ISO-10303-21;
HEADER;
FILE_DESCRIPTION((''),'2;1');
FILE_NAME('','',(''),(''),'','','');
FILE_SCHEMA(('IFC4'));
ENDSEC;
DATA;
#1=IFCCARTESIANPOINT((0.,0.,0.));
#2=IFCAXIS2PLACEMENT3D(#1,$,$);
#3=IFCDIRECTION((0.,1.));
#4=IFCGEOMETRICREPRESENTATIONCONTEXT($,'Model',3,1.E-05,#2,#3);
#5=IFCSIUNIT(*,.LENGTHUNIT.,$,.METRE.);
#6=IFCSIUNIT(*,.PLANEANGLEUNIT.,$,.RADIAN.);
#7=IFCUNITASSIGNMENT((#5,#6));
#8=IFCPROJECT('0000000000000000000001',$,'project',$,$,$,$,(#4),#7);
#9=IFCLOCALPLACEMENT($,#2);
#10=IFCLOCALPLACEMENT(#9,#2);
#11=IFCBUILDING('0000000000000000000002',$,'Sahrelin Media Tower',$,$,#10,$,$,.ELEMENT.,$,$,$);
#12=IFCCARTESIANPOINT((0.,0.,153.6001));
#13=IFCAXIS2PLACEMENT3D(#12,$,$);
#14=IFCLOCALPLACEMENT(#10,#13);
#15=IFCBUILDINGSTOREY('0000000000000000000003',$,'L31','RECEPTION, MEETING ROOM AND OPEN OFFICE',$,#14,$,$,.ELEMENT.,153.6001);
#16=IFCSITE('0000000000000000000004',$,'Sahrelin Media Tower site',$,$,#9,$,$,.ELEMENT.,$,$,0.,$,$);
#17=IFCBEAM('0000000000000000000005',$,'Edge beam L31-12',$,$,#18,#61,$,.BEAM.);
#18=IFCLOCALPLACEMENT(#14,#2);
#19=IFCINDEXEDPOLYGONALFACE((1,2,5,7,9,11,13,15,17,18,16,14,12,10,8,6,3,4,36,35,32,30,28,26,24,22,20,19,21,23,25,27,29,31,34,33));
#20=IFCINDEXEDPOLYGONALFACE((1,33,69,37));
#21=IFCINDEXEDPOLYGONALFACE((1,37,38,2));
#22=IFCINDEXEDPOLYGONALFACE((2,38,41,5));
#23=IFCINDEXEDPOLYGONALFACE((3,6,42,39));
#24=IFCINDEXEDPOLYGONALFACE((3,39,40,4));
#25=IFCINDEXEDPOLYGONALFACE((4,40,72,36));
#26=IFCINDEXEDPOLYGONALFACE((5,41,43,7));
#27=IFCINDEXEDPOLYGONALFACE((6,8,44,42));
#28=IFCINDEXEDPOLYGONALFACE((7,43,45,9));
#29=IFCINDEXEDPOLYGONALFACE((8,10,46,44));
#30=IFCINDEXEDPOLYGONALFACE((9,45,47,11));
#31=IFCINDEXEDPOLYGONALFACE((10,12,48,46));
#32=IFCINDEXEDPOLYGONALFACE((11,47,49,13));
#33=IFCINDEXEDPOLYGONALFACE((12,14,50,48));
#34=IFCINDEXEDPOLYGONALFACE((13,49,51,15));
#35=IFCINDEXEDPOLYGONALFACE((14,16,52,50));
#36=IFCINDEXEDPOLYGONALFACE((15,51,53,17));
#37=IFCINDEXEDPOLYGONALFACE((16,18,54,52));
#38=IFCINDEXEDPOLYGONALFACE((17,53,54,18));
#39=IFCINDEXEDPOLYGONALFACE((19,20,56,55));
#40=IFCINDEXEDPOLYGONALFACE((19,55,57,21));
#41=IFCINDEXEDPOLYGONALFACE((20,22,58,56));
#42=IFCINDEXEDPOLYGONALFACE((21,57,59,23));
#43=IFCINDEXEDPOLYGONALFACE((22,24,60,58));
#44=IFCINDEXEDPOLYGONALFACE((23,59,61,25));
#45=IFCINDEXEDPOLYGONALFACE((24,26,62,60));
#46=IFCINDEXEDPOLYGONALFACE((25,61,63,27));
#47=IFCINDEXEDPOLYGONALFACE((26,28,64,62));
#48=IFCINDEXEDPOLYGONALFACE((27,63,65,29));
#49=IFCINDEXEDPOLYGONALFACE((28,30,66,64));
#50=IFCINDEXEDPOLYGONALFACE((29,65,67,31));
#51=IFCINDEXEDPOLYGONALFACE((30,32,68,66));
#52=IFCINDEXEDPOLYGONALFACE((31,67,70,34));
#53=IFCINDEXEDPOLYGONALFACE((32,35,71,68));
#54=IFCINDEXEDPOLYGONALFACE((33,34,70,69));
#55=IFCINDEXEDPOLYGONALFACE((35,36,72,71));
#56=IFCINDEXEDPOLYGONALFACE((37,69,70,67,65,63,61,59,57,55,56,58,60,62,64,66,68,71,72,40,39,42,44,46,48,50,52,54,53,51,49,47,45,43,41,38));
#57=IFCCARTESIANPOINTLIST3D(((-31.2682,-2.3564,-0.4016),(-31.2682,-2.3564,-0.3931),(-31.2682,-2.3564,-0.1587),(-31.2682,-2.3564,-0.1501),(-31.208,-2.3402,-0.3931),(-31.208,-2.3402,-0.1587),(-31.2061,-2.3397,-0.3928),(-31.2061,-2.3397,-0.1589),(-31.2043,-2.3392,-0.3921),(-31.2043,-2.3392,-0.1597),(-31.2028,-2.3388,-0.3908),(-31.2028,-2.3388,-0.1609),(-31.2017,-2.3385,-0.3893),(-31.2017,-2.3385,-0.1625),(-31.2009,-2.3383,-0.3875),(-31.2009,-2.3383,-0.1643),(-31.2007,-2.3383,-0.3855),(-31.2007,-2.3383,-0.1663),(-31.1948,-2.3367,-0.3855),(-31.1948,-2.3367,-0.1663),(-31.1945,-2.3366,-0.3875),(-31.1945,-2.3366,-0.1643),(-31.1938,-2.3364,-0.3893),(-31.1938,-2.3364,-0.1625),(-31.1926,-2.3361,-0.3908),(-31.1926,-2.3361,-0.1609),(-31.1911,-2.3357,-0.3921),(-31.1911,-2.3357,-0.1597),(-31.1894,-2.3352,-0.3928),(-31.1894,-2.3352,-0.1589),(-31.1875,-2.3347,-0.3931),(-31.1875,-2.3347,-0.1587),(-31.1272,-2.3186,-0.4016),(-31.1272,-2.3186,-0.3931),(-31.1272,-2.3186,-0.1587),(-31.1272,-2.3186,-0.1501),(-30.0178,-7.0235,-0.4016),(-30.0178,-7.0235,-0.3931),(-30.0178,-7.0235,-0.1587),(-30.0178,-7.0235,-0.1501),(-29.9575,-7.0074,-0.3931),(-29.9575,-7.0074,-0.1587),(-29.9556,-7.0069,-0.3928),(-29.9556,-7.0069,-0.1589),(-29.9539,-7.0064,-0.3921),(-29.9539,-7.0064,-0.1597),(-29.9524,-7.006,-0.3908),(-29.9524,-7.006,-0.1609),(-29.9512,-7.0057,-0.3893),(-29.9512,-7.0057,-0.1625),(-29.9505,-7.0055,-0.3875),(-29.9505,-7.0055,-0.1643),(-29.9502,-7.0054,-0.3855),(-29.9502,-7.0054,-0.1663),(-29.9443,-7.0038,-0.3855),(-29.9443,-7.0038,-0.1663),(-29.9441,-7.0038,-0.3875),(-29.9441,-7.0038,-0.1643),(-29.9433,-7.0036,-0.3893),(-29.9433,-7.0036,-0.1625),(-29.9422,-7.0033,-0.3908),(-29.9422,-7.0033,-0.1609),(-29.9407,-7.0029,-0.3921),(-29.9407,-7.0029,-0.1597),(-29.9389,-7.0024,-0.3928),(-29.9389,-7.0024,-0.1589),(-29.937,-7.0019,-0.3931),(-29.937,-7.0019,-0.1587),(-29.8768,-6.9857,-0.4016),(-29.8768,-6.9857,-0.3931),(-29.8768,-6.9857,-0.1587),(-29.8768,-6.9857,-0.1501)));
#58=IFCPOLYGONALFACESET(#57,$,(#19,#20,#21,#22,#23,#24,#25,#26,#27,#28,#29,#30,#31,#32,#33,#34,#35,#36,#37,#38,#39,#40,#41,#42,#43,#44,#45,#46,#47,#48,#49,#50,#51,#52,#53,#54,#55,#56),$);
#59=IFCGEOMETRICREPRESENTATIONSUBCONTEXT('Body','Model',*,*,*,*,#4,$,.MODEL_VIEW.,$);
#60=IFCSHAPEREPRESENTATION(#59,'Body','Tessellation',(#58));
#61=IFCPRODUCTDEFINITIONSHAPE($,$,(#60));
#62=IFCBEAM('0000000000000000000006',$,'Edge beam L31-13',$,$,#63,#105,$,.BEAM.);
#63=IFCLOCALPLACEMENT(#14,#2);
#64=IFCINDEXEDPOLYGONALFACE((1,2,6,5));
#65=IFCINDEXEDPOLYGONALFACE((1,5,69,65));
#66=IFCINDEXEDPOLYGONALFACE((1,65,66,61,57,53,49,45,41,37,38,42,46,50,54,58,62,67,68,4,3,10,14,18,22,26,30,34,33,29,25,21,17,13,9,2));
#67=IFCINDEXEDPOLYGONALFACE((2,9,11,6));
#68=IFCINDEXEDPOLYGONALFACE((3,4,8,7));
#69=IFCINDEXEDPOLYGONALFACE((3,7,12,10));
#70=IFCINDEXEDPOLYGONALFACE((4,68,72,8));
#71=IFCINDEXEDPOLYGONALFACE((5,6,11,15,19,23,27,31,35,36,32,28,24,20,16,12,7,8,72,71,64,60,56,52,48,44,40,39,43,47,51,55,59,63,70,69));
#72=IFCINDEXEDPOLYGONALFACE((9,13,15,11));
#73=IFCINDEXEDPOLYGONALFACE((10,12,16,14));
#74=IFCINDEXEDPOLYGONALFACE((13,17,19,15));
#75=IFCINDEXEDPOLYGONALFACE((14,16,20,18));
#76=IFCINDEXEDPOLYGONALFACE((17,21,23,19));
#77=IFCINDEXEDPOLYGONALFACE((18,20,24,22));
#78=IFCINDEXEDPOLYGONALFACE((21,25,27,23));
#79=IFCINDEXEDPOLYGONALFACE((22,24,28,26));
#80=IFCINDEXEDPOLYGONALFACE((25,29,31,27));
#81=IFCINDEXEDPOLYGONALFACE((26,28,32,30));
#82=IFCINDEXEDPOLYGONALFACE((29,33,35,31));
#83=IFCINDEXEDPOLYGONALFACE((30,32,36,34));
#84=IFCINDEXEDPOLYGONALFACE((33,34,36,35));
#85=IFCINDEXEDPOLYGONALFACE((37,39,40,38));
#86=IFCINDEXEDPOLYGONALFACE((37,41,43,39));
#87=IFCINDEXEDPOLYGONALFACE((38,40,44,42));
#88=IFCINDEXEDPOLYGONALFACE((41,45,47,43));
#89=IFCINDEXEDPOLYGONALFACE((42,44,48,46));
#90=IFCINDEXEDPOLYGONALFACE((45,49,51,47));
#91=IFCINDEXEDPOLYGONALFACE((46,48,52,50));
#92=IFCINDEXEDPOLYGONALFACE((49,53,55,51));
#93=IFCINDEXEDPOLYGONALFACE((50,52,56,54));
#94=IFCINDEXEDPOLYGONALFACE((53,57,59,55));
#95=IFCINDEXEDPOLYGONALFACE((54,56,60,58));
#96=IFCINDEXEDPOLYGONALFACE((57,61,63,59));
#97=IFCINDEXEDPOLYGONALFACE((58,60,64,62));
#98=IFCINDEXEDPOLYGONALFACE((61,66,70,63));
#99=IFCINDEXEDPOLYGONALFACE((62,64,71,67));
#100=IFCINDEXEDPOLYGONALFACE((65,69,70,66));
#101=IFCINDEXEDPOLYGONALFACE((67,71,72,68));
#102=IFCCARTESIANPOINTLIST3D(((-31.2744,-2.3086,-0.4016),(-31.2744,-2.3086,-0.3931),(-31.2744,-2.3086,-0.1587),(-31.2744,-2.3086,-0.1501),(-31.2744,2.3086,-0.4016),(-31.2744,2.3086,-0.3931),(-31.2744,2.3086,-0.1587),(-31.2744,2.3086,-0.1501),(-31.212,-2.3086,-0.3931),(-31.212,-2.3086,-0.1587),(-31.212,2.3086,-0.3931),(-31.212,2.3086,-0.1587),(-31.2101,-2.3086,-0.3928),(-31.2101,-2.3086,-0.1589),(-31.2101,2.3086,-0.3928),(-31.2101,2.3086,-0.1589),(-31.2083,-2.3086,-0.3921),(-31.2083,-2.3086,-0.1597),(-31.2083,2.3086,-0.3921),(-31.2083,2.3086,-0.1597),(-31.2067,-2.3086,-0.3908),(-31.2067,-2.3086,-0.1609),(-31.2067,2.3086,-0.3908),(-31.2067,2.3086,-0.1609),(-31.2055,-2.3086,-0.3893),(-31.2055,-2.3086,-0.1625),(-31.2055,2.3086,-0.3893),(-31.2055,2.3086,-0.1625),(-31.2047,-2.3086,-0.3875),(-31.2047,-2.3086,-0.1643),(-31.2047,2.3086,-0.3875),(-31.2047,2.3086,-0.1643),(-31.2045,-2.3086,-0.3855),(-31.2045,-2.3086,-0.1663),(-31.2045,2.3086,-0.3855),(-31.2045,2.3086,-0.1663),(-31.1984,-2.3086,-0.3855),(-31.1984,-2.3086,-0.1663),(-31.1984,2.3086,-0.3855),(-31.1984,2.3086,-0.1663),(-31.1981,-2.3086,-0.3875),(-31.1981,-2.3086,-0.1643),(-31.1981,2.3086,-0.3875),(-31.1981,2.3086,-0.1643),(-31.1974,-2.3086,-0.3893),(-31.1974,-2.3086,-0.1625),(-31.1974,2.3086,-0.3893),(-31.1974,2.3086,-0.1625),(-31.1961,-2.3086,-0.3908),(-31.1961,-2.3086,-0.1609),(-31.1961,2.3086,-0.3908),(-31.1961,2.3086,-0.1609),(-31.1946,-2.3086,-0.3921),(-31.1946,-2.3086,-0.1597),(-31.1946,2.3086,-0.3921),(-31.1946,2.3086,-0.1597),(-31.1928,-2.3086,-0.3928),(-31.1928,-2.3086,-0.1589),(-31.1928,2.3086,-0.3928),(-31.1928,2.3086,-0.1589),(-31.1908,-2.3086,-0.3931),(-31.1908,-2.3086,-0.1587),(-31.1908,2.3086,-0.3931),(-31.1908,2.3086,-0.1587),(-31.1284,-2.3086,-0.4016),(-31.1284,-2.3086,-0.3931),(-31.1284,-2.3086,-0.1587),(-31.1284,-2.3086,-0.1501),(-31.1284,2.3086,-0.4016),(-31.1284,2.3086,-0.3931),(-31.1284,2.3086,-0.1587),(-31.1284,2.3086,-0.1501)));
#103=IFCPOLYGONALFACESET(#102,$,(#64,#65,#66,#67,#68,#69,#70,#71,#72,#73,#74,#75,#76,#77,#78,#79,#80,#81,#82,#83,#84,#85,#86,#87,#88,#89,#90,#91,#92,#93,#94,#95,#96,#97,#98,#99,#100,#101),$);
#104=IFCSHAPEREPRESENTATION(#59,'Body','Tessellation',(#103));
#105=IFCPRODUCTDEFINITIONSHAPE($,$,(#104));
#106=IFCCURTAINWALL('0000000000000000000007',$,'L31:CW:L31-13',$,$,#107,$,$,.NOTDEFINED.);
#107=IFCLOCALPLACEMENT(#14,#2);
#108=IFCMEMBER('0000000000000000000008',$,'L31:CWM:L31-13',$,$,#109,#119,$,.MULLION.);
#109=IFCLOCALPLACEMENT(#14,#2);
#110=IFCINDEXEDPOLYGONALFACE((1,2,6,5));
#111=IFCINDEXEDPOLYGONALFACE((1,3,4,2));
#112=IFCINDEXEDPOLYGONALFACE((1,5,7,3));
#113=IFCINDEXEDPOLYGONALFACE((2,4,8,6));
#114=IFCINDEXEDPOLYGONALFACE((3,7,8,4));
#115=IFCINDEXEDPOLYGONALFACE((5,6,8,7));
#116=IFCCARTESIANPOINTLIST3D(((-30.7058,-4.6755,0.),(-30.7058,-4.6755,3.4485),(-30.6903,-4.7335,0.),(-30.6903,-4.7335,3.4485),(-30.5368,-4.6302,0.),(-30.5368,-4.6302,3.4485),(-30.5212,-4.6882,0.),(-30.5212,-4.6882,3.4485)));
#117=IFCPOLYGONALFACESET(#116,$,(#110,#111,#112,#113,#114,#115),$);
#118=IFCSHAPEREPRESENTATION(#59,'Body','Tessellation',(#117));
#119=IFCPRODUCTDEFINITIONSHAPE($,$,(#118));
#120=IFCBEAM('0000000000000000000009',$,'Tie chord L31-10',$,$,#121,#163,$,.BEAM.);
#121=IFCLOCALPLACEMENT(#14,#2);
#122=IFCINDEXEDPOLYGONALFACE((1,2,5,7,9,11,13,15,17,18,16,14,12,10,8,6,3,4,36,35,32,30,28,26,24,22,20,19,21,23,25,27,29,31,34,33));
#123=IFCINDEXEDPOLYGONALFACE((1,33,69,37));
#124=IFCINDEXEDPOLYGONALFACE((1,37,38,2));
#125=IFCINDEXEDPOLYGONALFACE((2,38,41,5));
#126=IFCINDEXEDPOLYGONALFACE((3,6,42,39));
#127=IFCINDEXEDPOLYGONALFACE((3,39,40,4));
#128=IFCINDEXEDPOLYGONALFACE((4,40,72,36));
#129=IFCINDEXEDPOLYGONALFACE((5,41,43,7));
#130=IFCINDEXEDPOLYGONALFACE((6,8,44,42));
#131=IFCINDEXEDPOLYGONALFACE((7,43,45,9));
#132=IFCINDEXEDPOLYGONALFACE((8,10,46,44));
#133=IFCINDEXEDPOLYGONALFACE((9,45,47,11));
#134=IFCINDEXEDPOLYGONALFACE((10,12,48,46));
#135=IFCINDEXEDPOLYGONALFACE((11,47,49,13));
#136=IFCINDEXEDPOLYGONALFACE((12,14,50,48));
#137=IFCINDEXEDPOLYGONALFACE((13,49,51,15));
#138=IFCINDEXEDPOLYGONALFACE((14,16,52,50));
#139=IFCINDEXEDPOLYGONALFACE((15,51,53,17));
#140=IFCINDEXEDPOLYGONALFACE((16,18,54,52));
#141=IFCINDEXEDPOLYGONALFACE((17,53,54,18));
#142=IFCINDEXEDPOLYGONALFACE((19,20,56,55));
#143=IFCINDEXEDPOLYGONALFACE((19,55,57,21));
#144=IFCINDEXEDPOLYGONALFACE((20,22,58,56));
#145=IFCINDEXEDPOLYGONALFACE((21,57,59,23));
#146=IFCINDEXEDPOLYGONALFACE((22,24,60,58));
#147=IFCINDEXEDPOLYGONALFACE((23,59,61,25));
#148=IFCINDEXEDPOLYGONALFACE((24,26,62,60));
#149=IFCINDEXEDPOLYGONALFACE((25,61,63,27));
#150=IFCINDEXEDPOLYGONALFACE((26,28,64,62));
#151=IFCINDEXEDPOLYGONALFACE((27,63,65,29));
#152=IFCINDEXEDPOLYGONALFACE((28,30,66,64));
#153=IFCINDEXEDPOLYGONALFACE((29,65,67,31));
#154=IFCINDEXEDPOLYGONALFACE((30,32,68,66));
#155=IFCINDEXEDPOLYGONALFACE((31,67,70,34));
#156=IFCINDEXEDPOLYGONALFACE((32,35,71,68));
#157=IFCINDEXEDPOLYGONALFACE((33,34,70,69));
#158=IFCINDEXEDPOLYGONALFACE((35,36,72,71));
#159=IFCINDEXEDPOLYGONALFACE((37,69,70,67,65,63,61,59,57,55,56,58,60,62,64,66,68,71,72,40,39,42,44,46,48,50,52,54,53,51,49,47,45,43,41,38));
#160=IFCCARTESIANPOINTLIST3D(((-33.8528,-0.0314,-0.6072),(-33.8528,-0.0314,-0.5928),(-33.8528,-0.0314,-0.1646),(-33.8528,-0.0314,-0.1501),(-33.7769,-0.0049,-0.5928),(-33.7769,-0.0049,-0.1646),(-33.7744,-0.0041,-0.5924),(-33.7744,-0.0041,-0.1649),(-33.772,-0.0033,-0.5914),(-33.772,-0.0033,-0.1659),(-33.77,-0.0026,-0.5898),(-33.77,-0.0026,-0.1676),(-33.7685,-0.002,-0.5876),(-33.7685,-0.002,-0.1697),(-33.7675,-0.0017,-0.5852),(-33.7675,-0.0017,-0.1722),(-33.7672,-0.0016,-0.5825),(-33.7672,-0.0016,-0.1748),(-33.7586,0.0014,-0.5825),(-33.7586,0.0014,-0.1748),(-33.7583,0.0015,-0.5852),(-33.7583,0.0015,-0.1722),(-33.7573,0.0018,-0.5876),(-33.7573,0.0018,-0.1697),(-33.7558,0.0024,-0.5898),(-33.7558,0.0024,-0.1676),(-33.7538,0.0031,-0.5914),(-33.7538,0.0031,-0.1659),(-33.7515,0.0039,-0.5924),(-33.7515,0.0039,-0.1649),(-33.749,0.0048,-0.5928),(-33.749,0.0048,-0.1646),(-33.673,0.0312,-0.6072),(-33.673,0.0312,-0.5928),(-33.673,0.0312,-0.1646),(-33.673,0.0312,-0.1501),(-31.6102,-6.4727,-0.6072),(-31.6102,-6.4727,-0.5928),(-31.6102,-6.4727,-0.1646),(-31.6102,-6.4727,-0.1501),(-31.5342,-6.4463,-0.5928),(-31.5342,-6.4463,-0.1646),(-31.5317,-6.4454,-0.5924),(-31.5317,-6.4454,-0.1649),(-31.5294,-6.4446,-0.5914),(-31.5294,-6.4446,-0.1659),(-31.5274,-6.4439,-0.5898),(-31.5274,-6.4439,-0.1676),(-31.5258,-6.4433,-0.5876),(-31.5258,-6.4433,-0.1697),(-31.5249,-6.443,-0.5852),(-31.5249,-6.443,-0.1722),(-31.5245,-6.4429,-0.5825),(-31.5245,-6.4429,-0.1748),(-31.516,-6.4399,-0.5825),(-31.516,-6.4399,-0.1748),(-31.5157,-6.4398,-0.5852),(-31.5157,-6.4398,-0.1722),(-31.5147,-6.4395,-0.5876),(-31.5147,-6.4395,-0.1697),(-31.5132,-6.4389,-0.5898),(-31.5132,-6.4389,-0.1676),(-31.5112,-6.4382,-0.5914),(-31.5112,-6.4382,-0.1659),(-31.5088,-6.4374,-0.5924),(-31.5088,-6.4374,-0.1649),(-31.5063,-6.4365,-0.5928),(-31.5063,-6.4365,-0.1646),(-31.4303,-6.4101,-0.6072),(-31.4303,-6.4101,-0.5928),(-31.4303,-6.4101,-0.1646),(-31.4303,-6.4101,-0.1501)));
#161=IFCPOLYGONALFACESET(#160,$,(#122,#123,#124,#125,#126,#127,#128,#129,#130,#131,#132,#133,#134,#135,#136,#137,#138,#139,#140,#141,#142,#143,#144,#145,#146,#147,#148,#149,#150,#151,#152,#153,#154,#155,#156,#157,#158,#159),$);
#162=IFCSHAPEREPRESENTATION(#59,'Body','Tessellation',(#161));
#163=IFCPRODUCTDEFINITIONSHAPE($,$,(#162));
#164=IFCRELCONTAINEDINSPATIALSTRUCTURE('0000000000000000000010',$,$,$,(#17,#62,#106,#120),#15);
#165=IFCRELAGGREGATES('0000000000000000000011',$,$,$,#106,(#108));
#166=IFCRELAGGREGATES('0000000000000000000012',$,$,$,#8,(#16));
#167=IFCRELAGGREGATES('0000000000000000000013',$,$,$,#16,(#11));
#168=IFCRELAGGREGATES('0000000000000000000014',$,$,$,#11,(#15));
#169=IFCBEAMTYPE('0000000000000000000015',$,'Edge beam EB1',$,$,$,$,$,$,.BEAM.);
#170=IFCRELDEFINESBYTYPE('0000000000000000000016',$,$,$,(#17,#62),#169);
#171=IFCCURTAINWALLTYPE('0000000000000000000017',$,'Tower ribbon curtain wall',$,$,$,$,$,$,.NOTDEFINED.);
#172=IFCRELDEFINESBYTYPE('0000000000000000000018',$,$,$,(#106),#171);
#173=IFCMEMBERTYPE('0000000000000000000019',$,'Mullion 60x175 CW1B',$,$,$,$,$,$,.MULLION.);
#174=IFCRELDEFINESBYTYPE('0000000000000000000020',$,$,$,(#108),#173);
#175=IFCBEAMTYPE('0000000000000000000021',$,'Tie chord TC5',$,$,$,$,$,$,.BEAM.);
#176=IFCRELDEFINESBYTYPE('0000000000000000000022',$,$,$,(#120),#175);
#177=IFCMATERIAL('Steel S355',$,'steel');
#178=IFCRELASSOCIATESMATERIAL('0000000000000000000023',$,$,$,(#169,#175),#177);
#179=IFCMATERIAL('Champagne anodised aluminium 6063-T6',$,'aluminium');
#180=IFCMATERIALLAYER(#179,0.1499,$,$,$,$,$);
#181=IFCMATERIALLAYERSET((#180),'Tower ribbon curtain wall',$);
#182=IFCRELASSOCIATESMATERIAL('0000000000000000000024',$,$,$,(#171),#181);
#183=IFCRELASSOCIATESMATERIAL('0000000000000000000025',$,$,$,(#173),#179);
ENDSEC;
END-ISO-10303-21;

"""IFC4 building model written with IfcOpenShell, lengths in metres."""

from ifc_helpers import new_model, si_unit, direction, frame, origin, origin_2d, place, context, subcontext, project, spatial, rectangle, i_section, extrude, material, layer, layer_set, material_profile, profile_set, type_object, element, aggregate, save


model = new_model("IFC4")

# Units and contexts
model_context = context("Model", 3, precision=1e-05, world=origin(), true_north=direction((0.0, 1.0)))
body_context = subcontext(model_context, "Body", "Model", "MODEL_VIEW")
ifc_project = project(units=[si_unit("LENGTHUNIT", "METRE"), si_unit("PLANEANGLEUNIT", "RADIAN")], contexts=[model_context])

# Site, building, storey
site_placement = place(None, origin())
site = spatial("IfcSite", under=ifc_project, at=site_placement, Name="Sahrelin Media Tower site", CompositionType="ELEMENT", RefElevation=0.0)
building_placement = place(site_placement, origin())
building = spatial("IfcBuilding", under=site, at=building_placement, Name="Sahrelin Media Tower", CompositionType="ELEMENT")
storey_placement = place(building_placement, frame((0.0, 0.0, 153.6001)))
storey = spatial("IfcBuildingStorey", under=building, at=storey_placement, Name="L31", Description="RECEPTION, MEETING ROOM AND OPEN OFFICE", CompositionType="ELEMENT", Elevation=153.6001)

# Beams
ifc_material_1 = material(Name="Steel S355", Category="steel")
ifc_material_profile_1 = material_profile(ifc_material_1, i_section(OverallWidth=0.146, OverallDepth=0.2515, WebThickness=0.0061, FlangeThickness=0.0085, FilletRadius=0.0076, at=origin_2d()), Name="UB 254x146x31")
ifc_profile_set_1 = profile_set([ifc_material_profile_1], Name="Steel S355")
beam_type_1 = type_object("IfcBeamType", Name="Edge beam EB1", PredefinedType="BEAM", material=ifc_profile_set_1)
beam_1_placement = place(storey_placement, frame((-29.9473, -7.0046, -0.2759), z_axis=(-0.258801, 0.965931, 0.0), x_axis=(-0.965931, -0.258801, 0.0)))
element("IfcBeam", 1, at=beam_1_placement, inside=storey, type_object=beam_type_1, Name="Edge beam L31-12", PredefinedType="BEAM", context=body_context, shape_type="SweptSolid", body=[
    extrude(i_section(OverallWidth=0.146, OverallDepth=0.2515, WebThickness=0.0061, FlangeThickness=0.0085, FilletRadius=0.0076, at=origin_2d()), origin(), (0.0, 0.0, 1.0), 4.8318),
])
beam_2_placement = place(storey_placement, frame((-31.2014, -2.3086, -0.2759), z_axis=(0.0, 1.0, 0.0), x_axis=(-1.0, 0.0, 0.0)))
element("IfcBeam", 2, at=beam_2_placement, inside=storey, type_object=beam_type_1, Name="Edge beam L31-13", PredefinedType="BEAM", context=body_context, shape_type="SweptSolid", body=[
    extrude(i_section(OverallWidth=0.146, OverallDepth=0.2515, WebThickness=0.0061, FlangeThickness=0.0085, FilletRadius=0.0076, at=origin_2d()), origin(), (0.0, 0.0, 1.0), 4.6172),
])

# Curtain wall, member
ifc_material_2 = material(Name="Champagne anodised aluminium 6063-T6", Category="aluminium")
ifc_layer_1 = layer(ifc_material_2, 0.1499)
ifc_layer_set_1 = layer_set([ifc_layer_1], Name="Tower ribbon curtain wall")
curtain_wall_type = type_object("IfcCurtainWallType", Name="Tower ribbon curtain wall", PredefinedType="NOTDEFINED", material=ifc_layer_set_1)
curtain_wall_1_placement = place(storey_placement, frame((-30.7173, -4.7097, 0.0), z_axis=(0.0, 0.0, 1.0), x_axis=(1.0, 0.0, 0.0)))
curtain_wall_1 = element("IfcCurtainWall", 3, at=curtain_wall_1_placement, inside=storey, type_object=curtain_wall_type, Name="L31:CW:L31-13", PredefinedType="NOTDEFINED")
ifc_material_profile_2 = material_profile(ifc_material_2, rectangle(XDim=0.0601, YDim=0.175, at=origin_2d()), Name="Mullion 60x175")
ifc_profile_set_2 = profile_set([ifc_material_profile_2], Name="Champagne anodised aluminium 6063-T6")
member_type_1 = type_object("IfcMemberType", Name="Mullion 60x175 CW1B", PredefinedType="MULLION", material=ifc_profile_set_2)
member_1_placement = place(storey_placement, frame((-30.6135, -4.6819, 0.0), z_axis=(0.0, 0.0, 1.0), x_axis=(0.258807, -0.965929, 0.0)))
member_1 = element("IfcMember", 4, at=member_1_placement, type_object=member_type_1, Name="L31:CWM:L31-13", PredefinedType="MULLION", context=body_context, shape_type="SweptSolid", body=[
    extrude(rectangle(XDim=0.0601, YDim=0.175, at=origin_2d()), origin(), (0.0, 0.0, 1.0), 3.4485),
])

# Beam
ifc_material_profile_3 = material_profile(ifc_material_1, i_section(OverallWidth=0.1904, OverallDepth=0.457, WebThickness=0.009, FlangeThickness=0.0144, FilletRadius=0.0103, at=origin_2d()), Name="UB 457x191x74")
ifc_profile_set_3 = profile_set([ifc_material_profile_3], Name="Steel S355")
beam_type_2 = type_object("IfcBeamType", Name="Tie chord TC5", PredefinedType="BEAM", material=ifc_profile_set_3)
for number, where, z_axis, x_axis, name in (
    (5, (-31.5203, -6.4414, -0.3787), (-0.328807, 0.944397, 0.0), (-0.944397, -0.328807, 0.0), "Tie chord L31-10"),
):
    element("IfcBeam", number, at=place(storey_placement, frame(where, z_axis=z_axis, x_axis=x_axis)), inside=storey, type_object=beam_type_2, Name=name, PredefinedType="BEAM", context=body_context, shape_type="SweptSolid", body=[
        extrude(i_section(OverallWidth=0.1904, OverallDepth=0.457, WebThickness=0.009, FlangeThickness=0.0144, FilletRadius=0.0103, at=origin_2d()), origin(), (0.0, 0.0, 1.0), 6.8206),
    ])

aggregate(curtain_wall_1, [member_1])

save(model, "model.ifc")
